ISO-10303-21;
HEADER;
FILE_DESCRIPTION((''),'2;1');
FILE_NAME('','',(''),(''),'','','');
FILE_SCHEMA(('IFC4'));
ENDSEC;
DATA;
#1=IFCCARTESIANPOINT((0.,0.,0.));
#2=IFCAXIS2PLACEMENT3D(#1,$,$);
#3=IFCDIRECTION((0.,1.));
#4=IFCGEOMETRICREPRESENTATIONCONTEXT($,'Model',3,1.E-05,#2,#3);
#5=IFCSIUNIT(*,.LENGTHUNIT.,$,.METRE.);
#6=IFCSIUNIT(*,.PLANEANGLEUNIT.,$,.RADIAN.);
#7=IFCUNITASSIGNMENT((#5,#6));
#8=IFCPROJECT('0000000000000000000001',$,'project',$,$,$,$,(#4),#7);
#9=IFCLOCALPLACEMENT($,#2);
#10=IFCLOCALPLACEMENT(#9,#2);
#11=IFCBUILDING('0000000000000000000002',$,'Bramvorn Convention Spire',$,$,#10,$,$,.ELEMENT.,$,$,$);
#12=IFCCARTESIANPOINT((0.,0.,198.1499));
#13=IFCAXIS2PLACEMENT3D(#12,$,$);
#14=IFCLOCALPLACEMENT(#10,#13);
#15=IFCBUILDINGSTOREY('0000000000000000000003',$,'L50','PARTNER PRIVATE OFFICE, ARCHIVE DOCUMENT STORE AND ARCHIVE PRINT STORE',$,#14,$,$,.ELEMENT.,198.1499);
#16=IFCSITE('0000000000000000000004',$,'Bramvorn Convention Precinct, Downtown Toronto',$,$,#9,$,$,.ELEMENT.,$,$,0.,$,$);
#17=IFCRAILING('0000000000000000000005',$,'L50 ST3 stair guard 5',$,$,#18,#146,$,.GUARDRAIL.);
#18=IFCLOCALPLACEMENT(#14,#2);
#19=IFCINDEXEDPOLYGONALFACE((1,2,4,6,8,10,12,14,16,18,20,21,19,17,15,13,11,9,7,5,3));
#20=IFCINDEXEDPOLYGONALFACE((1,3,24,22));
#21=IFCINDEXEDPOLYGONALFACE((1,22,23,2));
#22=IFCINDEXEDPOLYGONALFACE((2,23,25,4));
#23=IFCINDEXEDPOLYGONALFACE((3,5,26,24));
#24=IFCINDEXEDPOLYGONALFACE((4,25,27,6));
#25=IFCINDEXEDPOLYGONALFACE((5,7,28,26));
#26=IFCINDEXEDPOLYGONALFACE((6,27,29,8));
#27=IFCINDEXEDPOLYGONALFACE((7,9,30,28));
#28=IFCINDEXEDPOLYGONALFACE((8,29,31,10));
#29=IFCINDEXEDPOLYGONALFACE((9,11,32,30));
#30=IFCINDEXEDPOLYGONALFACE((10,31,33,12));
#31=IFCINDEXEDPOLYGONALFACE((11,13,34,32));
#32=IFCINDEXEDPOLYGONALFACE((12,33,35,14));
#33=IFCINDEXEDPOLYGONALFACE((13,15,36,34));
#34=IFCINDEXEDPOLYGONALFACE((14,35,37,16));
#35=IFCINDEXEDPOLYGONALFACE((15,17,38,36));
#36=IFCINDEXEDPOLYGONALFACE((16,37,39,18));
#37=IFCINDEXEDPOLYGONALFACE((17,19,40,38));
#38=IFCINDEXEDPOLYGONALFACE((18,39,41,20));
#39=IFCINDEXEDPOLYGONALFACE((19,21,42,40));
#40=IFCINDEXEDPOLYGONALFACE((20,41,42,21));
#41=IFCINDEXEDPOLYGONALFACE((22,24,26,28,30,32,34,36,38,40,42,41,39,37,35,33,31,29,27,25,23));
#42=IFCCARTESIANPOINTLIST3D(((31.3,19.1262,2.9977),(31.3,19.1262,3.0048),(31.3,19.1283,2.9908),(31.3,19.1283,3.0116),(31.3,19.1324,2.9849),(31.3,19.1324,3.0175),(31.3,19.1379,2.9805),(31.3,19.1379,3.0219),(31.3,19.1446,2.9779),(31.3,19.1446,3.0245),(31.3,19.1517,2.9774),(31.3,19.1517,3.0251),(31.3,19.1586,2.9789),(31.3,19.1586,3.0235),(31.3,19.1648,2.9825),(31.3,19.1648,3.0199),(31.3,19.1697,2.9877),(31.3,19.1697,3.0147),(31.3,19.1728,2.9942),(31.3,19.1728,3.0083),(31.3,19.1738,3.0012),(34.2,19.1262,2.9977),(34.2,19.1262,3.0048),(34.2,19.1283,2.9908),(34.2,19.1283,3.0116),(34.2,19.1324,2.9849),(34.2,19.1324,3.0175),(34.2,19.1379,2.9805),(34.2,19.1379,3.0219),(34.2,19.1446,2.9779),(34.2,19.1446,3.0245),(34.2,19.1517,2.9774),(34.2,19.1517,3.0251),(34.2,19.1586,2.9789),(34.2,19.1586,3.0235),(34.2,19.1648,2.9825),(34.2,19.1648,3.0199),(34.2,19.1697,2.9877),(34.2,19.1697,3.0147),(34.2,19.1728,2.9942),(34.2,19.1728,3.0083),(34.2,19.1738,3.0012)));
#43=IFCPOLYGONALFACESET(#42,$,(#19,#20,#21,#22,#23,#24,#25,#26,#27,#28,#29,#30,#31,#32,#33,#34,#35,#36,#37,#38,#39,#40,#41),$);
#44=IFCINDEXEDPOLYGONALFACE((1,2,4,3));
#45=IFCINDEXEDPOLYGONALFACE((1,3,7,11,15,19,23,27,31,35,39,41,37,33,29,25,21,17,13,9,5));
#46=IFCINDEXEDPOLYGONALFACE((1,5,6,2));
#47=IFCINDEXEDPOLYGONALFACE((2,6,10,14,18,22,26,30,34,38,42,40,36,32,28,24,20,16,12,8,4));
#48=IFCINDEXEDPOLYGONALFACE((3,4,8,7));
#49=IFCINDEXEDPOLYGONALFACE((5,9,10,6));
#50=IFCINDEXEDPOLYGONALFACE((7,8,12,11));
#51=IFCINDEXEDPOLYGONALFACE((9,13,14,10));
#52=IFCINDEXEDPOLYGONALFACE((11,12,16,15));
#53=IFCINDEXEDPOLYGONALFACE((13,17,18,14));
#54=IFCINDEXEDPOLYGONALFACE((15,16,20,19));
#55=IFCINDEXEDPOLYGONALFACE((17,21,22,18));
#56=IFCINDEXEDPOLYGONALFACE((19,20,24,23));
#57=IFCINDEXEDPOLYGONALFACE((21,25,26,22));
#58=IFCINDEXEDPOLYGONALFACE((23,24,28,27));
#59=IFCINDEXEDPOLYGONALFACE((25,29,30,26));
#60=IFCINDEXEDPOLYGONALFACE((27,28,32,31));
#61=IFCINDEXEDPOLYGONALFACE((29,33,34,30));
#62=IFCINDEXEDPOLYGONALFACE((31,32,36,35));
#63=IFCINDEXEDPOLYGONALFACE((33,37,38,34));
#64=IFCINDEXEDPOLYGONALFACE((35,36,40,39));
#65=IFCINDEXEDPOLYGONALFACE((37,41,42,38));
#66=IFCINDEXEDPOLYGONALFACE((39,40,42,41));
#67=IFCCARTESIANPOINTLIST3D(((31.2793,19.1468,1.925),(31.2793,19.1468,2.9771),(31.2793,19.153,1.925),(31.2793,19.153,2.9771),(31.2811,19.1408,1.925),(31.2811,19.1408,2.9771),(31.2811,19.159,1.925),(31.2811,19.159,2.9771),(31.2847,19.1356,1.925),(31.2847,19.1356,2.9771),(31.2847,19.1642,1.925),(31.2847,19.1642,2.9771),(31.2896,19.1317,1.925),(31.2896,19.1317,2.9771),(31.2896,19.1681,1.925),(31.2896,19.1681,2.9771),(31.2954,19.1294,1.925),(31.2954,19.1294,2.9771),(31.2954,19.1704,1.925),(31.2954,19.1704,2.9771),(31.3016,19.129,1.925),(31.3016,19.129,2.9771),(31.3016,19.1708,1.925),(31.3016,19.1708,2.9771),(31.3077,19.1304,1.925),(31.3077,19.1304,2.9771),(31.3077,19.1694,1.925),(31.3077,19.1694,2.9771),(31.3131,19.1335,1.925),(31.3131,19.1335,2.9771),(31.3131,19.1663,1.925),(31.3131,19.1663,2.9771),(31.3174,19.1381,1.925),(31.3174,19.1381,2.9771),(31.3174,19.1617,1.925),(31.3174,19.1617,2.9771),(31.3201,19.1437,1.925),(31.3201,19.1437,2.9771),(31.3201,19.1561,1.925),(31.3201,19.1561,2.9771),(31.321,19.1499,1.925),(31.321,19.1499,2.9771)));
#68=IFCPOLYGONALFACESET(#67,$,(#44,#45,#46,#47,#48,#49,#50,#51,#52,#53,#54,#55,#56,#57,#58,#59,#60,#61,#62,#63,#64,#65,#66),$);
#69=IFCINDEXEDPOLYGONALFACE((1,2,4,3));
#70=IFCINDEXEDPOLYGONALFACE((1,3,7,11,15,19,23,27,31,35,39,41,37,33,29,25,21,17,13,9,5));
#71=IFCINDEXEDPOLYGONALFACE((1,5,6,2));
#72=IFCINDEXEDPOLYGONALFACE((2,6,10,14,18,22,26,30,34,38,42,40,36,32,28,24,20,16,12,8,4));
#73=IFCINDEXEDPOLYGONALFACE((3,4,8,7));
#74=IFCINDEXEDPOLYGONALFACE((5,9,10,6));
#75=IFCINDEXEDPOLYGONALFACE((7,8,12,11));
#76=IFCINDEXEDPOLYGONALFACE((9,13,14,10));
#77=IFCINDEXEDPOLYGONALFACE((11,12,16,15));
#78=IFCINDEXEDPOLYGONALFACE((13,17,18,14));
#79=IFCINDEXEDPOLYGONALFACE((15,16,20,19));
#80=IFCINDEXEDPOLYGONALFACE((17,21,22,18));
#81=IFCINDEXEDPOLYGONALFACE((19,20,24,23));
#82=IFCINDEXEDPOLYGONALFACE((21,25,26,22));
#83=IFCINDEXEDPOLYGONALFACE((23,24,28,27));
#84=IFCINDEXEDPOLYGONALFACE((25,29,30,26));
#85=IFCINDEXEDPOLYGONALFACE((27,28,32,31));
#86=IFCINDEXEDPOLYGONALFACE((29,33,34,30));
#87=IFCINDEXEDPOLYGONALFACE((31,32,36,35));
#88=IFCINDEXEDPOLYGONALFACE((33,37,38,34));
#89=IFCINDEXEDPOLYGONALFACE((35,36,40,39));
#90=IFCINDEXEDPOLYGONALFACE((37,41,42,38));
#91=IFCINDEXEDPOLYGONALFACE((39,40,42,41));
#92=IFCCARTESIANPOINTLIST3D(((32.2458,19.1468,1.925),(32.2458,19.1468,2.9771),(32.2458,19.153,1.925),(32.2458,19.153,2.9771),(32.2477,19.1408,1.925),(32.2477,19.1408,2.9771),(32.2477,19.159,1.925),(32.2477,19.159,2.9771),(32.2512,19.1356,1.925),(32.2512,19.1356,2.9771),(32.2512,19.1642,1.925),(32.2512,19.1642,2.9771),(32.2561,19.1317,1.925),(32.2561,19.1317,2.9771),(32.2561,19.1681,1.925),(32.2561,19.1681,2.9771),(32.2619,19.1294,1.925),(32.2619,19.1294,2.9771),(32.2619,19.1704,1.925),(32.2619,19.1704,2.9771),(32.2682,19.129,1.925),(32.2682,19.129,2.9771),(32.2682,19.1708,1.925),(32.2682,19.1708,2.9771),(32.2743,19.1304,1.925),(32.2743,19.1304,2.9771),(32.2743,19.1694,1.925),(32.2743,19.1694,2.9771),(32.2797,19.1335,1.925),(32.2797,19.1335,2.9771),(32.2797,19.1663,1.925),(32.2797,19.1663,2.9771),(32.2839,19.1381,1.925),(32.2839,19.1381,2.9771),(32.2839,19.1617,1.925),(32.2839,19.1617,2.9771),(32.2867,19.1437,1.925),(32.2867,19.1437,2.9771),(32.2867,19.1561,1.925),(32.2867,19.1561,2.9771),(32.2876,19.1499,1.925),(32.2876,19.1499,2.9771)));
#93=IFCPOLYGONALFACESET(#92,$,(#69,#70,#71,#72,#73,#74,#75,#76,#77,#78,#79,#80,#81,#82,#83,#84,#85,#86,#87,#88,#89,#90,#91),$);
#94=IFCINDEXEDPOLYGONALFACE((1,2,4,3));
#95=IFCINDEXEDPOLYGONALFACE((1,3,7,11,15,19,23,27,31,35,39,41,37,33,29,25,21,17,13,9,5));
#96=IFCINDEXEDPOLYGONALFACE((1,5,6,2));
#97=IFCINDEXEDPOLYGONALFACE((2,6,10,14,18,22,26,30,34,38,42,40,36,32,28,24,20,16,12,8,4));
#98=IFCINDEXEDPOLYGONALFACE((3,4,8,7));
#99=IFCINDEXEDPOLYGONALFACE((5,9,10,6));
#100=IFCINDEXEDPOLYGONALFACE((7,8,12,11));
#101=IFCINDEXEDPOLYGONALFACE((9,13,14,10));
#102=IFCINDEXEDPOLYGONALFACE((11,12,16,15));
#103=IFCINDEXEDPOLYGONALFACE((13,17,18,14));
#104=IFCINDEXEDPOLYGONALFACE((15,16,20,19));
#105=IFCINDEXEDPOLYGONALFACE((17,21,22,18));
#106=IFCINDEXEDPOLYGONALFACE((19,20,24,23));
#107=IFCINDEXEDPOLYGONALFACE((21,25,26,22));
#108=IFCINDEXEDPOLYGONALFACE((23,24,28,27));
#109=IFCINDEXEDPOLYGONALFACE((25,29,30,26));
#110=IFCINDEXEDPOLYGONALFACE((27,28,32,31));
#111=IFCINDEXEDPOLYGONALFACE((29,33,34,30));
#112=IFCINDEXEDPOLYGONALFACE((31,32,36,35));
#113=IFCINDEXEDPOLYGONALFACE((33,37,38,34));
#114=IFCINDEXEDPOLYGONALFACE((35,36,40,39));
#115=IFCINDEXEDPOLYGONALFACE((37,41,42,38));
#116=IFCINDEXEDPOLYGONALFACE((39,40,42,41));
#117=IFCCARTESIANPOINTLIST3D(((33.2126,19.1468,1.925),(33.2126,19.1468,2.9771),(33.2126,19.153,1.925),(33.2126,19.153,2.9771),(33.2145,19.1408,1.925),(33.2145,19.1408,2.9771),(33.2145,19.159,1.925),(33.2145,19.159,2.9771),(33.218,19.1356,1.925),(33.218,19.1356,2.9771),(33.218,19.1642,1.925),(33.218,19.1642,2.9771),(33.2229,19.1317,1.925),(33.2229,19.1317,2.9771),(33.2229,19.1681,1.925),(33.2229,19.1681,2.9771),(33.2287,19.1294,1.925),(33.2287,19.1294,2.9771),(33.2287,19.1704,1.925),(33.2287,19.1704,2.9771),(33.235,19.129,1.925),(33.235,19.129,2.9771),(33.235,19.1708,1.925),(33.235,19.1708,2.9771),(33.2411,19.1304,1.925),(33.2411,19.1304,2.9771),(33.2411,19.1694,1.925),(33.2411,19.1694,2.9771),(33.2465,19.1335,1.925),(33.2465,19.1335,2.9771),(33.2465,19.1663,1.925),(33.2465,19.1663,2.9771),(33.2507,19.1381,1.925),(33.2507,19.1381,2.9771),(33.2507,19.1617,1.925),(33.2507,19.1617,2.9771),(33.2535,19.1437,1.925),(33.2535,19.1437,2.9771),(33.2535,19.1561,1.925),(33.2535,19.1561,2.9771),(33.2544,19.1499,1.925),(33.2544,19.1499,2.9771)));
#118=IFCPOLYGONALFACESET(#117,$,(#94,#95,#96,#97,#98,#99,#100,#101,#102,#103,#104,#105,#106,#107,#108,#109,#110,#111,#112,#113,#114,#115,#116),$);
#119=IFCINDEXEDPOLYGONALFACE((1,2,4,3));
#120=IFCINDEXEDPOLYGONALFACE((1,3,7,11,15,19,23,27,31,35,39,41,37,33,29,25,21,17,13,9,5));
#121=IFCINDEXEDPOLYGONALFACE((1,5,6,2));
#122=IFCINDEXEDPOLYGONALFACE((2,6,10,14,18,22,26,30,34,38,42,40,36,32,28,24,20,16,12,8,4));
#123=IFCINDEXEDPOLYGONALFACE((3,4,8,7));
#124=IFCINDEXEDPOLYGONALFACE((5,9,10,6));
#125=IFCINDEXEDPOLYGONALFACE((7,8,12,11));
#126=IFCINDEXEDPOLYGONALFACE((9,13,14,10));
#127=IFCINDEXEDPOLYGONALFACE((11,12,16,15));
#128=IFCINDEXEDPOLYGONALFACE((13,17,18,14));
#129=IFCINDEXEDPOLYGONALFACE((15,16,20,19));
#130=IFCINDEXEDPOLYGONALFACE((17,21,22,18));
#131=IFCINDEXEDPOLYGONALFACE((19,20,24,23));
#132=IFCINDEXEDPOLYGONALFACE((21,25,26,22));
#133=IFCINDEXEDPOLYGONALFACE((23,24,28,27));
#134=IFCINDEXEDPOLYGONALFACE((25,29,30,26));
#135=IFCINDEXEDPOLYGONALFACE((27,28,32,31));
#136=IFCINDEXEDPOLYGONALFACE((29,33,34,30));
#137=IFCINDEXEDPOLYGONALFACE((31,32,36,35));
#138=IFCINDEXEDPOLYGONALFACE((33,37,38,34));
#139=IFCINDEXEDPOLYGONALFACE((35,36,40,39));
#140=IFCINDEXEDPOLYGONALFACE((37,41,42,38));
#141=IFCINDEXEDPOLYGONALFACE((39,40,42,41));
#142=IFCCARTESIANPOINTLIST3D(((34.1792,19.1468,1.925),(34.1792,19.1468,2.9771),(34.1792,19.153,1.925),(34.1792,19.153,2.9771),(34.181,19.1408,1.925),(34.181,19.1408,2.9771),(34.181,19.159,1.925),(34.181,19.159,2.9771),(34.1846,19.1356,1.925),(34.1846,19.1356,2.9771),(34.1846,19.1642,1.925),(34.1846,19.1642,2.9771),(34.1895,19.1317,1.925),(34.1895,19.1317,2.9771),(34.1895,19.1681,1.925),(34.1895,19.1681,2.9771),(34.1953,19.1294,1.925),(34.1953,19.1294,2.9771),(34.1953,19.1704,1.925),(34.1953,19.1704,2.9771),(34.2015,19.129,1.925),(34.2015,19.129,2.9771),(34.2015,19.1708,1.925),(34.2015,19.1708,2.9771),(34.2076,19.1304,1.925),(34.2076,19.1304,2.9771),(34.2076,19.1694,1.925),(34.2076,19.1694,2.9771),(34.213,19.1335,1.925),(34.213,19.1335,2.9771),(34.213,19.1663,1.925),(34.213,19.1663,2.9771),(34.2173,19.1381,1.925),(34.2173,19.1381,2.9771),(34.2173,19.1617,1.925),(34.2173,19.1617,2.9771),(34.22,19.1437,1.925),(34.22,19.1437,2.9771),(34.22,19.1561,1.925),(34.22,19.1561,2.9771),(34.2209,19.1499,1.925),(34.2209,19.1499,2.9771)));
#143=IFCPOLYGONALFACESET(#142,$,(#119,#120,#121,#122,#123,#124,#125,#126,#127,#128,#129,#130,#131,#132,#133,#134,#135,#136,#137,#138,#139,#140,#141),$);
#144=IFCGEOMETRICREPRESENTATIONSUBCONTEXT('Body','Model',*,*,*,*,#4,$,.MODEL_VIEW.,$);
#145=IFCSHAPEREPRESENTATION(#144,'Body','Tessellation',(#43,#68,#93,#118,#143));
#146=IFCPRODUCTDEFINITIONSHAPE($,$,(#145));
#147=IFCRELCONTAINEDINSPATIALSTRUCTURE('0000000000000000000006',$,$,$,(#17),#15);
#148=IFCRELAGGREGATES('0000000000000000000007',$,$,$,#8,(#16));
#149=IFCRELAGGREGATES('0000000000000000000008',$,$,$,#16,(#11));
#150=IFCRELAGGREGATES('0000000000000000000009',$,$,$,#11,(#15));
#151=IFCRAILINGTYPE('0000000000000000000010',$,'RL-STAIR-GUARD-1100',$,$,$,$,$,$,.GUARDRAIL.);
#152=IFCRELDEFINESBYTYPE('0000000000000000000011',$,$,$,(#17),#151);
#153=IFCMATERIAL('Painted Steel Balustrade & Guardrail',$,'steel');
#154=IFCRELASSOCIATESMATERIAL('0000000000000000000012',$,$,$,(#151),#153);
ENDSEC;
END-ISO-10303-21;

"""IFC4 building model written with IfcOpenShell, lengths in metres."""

from ifc_helpers import new_model, si_unit, direction, frame, origin, origin_2d, place, context, subcontext, project, spatial, circle, extrude, material, type_object, element, save


model = new_model("IFC4")

# Units and contexts
model_context = context("Model", 3, precision=1e-05, world=origin(), true_north=direction((0.0, 1.0)))
body_context = subcontext(model_context, "Body", "Model", "MODEL_VIEW")
ifc_project = project(units=[si_unit("LENGTHUNIT", "METRE"), si_unit("PLANEANGLEUNIT", "RADIAN")], contexts=[model_context])

# Site, building, storey
site_placement = place(None, origin())
site = spatial("IfcSite", under=ifc_project, at=site_placement, Name="Bramvorn Convention Precinct, Downtown Toronto", CompositionType="ELEMENT", RefElevation=0.0)
building_placement = place(site_placement, origin())
building = spatial("IfcBuilding", under=site, at=building_placement, Name="Bramvorn Convention Spire", CompositionType="ELEMENT")
storey_placement = place(building_placement, frame((0.0, 0.0, 198.1499)))
storey = spatial("IfcBuildingStorey", under=building, at=storey_placement, Name="L50", Description="PARTNER PRIVATE OFFICE, ARCHIVE DOCUMENT STORE AND ARCHIVE PRINT STORE", CompositionType="ELEMENT", Elevation=198.1499)

# Railing
ifc_material_1 = material(Name="Painted Steel Balustrade & Guardrail", Category="steel")
railing_type_1 = type_object("IfcRailingType", Name="RL-STAIR-GUARD-1100", PredefinedType="GUARDRAIL", material=ifc_material_1)
railing_1_placement = place(storey_placement, frame((31.3, 19.1499, 1.925)))
element("IfcRailing", 1, at=railing_1_placement, inside=storey, type_object=railing_type_1, Name="L50 ST3 stair guard 5", PredefinedType="GUARDRAIL", context=body_context, shape_type="SweptSolid", body=[
    extrude(circle(Radius=0.0239, at=origin_2d()), frame((0.0, 0.0, 1.0762), z_axis=(1.0, 0.0, 0.0), x_axis=(0.0, 1.0, 0.0)), (0.0, 0.0, 1.0), 2.8999),
    extrude(circle(Radius=0.021, at=origin_2d()), origin(), (0.0, 0.0, 1.0), 1.052),
    extrude(circle(Radius=0.021, at=origin_2d()), frame((0.9666, 0.0, 0.0)), (0.0, 0.0, 1.0), 1.052),
    extrude(circle(Radius=0.021, at=origin_2d()), frame((1.9333, 0.0, 0.0)), (0.0, 0.0, 1.0), 1.052),
    extrude(circle(Radius=0.021, at=origin_2d()), frame((2.8999, 0.0, 0.0)), (0.0, 0.0, 1.0), 1.052),
])

save(model, "model.ifc")
